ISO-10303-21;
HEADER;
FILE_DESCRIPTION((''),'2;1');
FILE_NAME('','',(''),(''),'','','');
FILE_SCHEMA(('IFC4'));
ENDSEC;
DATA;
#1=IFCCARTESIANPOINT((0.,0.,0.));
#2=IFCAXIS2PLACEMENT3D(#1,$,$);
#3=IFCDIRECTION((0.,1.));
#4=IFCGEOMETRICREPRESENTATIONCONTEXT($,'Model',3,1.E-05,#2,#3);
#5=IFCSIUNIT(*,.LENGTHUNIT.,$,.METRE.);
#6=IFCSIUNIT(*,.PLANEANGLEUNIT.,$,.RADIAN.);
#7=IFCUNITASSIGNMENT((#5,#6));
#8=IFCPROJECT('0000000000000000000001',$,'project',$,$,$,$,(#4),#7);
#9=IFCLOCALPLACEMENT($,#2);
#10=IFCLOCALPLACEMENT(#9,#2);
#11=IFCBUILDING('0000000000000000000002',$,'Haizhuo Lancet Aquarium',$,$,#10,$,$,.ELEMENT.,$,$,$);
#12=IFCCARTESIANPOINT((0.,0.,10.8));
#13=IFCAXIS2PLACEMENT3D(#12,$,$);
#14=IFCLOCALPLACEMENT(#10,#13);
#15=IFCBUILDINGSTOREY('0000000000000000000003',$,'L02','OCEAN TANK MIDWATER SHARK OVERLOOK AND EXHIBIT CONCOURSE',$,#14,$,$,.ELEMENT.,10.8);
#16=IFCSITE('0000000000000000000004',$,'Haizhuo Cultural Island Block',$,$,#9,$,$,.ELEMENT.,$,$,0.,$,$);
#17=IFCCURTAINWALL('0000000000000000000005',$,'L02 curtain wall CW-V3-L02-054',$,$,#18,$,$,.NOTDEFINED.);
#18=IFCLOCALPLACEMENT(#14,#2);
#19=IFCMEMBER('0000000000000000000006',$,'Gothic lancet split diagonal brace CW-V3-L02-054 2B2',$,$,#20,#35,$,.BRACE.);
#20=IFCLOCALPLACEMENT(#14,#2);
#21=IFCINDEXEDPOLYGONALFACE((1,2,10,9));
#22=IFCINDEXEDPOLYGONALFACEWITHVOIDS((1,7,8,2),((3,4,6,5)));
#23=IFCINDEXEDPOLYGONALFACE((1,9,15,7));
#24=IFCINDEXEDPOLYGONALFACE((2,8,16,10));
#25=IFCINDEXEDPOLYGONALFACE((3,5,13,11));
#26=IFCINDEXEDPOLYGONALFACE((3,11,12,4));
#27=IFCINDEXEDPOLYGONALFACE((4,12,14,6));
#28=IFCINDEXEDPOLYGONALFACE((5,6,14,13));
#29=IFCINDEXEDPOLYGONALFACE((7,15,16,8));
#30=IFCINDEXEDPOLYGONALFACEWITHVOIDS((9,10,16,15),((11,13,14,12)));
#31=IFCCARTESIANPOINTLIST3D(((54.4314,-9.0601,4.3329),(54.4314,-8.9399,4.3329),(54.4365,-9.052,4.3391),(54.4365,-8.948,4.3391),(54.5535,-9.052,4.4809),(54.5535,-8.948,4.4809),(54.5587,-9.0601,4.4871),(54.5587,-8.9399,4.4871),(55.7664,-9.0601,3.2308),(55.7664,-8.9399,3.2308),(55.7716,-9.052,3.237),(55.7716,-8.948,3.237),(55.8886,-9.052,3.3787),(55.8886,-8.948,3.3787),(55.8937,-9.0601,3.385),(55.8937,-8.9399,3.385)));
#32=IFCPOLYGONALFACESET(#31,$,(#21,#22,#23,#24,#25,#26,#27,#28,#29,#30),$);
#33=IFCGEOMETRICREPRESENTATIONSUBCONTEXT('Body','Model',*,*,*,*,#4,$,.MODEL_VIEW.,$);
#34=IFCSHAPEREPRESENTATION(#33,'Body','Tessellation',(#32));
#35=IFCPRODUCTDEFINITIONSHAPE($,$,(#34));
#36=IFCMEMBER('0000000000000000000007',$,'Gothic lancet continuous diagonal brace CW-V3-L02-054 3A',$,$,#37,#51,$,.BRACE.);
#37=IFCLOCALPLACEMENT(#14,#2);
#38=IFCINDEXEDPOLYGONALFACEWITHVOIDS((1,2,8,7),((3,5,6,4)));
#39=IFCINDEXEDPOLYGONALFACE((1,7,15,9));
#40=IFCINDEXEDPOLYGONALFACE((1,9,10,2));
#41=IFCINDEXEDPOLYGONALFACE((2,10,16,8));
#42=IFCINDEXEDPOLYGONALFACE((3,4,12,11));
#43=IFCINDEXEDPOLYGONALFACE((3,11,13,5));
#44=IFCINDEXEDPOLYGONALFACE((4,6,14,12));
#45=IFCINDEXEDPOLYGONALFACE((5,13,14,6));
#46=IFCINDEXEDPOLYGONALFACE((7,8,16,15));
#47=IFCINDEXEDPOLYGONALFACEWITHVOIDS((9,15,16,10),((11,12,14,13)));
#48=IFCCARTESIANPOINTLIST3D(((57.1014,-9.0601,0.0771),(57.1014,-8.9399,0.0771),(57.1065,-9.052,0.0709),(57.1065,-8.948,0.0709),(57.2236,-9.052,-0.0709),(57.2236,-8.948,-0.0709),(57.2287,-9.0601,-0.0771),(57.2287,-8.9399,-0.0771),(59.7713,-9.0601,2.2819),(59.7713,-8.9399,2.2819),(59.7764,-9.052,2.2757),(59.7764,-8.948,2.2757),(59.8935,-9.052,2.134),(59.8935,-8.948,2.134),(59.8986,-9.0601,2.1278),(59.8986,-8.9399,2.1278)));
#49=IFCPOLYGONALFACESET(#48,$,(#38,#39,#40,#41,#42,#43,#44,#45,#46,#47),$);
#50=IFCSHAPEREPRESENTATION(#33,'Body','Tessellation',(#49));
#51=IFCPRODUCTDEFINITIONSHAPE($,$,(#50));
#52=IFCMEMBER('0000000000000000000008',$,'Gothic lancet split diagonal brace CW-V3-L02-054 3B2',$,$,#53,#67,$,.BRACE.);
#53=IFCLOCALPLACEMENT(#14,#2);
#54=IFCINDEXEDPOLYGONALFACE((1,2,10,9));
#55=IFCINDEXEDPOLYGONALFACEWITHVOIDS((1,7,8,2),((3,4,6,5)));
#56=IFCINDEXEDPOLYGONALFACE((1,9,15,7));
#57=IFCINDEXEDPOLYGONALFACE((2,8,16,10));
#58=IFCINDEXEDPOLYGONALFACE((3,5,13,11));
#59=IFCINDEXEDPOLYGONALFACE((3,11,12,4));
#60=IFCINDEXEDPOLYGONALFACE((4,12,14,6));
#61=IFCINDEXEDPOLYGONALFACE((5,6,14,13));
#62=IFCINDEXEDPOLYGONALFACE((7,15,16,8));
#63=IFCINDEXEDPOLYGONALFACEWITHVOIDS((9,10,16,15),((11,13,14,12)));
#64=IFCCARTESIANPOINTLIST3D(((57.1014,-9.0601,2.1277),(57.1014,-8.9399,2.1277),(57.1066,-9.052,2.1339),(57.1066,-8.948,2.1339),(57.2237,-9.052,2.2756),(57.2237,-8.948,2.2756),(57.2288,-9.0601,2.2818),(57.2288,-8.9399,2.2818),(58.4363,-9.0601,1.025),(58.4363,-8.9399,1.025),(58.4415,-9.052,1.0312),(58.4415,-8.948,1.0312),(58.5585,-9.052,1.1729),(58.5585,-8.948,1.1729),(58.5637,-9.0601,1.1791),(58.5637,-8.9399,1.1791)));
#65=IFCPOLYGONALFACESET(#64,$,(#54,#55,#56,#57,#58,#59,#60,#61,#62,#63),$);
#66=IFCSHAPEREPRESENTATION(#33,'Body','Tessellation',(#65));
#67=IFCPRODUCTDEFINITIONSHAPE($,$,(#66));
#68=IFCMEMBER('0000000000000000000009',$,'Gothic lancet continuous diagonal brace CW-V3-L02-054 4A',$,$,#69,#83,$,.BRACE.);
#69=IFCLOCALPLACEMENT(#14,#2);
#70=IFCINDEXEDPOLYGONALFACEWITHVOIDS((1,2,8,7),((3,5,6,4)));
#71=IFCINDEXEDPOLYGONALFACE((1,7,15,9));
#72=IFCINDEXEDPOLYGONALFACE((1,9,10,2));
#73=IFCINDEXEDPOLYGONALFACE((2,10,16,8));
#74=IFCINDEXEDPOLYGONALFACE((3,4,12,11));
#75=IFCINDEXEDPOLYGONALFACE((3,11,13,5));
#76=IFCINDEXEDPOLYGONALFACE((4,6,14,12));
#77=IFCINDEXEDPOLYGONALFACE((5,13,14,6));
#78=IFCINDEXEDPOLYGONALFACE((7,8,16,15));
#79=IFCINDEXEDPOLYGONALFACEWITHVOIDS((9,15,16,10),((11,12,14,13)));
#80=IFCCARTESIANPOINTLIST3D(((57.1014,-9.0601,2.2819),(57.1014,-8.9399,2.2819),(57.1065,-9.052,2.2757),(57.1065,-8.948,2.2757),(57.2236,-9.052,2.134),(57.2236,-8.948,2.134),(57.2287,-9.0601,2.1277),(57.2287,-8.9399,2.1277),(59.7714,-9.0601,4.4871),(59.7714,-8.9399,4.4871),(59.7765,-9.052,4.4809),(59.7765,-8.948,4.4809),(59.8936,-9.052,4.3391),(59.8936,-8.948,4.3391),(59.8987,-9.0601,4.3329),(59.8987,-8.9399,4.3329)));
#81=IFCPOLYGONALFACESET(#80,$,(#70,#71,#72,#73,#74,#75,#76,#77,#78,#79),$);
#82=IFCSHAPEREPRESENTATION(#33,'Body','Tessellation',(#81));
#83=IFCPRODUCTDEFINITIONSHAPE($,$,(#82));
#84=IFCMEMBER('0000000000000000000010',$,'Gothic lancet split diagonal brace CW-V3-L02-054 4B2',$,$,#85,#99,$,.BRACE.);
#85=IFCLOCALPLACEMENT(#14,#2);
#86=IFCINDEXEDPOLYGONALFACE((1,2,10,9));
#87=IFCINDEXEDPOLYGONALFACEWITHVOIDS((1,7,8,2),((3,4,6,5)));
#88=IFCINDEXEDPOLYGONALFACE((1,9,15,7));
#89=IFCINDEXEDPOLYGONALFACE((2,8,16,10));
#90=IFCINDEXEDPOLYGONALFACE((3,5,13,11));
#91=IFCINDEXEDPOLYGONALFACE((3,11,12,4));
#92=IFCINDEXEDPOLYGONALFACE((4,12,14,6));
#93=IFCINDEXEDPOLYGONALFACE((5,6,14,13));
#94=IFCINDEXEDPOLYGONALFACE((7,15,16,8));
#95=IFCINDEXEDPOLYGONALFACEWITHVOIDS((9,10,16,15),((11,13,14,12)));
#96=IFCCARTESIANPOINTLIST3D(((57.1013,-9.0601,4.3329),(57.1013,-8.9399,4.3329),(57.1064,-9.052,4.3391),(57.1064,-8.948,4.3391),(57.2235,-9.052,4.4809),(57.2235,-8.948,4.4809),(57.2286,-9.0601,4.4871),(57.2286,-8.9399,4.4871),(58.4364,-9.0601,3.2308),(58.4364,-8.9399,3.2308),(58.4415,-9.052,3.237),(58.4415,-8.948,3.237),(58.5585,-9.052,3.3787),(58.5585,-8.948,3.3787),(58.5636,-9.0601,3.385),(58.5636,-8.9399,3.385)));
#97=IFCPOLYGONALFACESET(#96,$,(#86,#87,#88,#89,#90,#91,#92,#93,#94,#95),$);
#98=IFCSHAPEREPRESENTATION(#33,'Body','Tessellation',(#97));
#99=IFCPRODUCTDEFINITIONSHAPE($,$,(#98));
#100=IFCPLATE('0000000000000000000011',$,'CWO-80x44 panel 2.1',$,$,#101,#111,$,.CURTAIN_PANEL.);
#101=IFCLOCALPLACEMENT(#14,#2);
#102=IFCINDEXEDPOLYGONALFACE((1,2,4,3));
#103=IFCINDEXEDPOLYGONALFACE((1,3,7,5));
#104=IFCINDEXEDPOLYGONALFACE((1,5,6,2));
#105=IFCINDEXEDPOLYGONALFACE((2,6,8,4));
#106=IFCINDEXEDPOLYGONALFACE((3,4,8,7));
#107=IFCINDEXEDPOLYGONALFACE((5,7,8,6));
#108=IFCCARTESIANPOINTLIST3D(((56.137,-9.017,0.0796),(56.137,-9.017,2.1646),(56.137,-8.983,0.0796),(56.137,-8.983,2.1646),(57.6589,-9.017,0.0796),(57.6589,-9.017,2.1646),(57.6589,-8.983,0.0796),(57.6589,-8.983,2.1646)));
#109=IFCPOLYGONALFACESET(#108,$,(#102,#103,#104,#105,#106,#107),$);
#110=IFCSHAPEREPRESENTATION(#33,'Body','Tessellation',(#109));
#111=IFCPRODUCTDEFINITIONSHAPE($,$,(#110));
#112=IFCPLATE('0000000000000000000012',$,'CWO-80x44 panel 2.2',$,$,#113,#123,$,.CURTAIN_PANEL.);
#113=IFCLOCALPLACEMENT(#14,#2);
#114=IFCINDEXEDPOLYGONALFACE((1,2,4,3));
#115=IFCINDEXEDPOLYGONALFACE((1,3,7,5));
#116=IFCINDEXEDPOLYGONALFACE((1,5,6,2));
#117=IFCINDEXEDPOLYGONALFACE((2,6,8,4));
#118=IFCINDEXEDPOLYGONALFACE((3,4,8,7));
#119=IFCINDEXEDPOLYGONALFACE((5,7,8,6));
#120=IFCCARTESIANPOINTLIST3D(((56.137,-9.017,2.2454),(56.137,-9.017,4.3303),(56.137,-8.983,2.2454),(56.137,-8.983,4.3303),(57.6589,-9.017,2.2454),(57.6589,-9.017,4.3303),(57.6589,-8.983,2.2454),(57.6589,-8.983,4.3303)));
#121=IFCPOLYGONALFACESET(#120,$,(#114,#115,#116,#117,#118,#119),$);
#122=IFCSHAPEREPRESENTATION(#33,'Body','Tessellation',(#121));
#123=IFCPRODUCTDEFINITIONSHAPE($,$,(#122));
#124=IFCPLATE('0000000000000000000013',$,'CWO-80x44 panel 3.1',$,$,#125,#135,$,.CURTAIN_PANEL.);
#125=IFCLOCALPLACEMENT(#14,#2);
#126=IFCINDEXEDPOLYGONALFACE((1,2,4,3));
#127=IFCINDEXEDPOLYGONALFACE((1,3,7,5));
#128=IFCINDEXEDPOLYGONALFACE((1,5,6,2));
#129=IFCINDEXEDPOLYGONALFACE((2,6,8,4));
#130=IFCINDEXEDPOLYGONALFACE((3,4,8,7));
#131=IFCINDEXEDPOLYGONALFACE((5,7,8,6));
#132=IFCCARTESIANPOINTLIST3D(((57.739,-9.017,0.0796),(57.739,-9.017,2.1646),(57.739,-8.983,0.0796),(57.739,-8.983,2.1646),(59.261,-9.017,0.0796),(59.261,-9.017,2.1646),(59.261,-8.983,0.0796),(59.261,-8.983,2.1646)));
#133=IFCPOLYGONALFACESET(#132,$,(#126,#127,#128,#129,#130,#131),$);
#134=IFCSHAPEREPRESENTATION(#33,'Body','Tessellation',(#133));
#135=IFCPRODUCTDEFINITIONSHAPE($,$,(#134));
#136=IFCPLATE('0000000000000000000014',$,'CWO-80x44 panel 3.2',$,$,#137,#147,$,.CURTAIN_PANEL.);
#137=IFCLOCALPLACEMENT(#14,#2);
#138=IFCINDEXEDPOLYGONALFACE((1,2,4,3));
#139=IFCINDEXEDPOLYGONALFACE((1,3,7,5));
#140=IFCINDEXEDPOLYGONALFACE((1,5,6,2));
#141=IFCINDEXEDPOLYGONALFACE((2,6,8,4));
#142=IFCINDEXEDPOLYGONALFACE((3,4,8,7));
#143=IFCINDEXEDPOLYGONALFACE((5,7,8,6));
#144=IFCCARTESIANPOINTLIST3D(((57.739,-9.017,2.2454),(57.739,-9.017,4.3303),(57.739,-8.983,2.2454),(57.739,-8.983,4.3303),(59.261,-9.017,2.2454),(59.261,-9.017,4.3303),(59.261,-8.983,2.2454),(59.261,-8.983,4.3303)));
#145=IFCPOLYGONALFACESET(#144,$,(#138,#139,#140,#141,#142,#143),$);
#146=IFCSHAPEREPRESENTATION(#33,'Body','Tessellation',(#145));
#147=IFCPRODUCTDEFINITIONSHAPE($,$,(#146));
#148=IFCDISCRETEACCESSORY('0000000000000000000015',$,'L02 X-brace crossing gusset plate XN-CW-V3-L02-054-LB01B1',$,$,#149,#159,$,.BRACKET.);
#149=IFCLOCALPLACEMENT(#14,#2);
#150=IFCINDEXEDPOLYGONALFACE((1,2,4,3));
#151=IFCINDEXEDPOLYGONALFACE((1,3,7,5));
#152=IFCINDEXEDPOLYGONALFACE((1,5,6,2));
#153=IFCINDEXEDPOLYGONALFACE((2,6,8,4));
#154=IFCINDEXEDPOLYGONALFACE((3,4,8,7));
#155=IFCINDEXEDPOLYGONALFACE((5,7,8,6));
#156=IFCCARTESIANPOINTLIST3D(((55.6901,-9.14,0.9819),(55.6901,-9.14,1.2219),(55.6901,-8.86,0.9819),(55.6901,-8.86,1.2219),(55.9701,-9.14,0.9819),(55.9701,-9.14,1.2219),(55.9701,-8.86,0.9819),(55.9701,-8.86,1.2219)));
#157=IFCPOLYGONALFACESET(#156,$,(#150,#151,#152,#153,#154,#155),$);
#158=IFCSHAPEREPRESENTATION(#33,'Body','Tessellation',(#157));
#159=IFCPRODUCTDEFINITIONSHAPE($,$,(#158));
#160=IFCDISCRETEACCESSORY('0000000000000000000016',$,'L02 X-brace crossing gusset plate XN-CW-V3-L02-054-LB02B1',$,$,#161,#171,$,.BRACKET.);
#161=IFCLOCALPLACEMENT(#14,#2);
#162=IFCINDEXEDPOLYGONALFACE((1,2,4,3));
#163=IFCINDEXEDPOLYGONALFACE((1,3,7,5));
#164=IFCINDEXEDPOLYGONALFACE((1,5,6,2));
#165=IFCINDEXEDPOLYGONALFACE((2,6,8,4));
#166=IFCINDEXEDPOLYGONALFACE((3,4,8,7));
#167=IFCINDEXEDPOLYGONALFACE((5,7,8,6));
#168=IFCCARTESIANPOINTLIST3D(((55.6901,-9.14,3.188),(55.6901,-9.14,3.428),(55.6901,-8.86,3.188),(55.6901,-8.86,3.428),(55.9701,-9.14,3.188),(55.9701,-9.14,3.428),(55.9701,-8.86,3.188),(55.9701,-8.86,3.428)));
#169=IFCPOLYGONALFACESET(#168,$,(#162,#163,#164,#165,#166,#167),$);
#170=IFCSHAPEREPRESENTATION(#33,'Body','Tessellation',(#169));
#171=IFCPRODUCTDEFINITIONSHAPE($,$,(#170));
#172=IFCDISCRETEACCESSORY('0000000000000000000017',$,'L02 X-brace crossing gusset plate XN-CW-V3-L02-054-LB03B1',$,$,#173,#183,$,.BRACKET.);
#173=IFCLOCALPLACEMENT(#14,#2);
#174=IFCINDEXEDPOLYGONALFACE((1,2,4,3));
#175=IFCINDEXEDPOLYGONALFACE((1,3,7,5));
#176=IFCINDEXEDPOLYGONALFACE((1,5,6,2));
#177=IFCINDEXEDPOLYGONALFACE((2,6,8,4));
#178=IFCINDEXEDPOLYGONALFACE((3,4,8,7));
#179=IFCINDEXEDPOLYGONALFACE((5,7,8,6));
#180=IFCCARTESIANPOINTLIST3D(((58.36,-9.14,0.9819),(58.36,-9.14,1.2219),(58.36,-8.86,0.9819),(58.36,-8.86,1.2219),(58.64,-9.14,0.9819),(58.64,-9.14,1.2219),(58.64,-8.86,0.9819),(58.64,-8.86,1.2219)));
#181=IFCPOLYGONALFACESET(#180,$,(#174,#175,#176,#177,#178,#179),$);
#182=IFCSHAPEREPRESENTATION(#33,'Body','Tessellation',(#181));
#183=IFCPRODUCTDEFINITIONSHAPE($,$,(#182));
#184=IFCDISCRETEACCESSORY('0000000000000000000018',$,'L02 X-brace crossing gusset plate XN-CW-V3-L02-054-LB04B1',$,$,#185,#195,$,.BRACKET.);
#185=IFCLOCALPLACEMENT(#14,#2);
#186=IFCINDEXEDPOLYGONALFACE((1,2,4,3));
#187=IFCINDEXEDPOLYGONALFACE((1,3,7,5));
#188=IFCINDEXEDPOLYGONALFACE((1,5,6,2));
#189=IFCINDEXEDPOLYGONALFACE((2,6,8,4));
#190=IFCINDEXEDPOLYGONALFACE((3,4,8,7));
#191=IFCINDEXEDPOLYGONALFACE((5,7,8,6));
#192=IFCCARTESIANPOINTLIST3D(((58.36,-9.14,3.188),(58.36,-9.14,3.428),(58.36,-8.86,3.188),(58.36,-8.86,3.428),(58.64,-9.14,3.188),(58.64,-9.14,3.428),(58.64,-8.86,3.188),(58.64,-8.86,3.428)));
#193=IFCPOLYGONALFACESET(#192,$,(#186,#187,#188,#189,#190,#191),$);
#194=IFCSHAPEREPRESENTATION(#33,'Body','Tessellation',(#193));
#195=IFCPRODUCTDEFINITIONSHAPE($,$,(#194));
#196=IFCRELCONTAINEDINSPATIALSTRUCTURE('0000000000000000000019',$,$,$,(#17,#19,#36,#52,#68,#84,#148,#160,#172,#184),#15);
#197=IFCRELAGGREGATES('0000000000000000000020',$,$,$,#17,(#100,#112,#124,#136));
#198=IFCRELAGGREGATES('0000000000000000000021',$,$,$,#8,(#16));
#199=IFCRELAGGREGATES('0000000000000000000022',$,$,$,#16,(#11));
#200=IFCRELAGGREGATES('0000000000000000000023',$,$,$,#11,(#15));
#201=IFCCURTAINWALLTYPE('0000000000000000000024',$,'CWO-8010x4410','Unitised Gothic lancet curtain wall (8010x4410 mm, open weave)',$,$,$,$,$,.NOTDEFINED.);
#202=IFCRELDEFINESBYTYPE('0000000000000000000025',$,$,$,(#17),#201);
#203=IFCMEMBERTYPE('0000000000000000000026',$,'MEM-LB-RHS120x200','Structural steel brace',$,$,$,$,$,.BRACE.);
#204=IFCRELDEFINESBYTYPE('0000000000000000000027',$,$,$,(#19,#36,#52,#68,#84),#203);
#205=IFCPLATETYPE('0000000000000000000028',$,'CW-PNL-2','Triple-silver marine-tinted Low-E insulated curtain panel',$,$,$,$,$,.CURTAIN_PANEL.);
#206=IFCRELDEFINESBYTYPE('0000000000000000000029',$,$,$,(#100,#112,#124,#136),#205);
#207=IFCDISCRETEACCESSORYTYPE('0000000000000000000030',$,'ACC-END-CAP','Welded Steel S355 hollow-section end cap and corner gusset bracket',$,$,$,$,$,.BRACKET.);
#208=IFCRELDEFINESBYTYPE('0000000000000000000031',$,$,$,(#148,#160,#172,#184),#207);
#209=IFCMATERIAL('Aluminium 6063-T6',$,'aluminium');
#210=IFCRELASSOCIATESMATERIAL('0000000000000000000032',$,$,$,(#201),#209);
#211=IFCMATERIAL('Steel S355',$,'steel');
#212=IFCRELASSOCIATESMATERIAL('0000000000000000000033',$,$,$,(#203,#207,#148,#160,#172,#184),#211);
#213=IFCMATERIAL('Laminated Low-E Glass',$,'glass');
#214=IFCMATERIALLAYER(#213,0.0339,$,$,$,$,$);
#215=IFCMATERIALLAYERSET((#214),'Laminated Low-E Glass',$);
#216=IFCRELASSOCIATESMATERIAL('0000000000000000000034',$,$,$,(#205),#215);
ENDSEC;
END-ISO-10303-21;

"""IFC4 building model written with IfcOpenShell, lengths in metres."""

from ifc_helpers import new_model, si_unit, direction, frame, origin, origin_2d, place, context, subcontext, project, spatial, rectangle, hollow_rectangle, extrude, material, layer, layer_set, material_profile, profile_set, type_object, element, aggregate, save


model = new_model("IFC4")

# Units and contexts
model_context = context("Model", 3, precision=1e-05, world=origin(), true_north=direction((0.0, 1.0)))
body_context = subcontext(model_context, "Body", "Model", "MODEL_VIEW")
ifc_project = project(units=[si_unit("LENGTHUNIT", "METRE"), si_unit("PLANEANGLEUNIT", "RADIAN")], contexts=[model_context])

# Site, building, storey
site_placement = place(None, origin())
site = spatial("IfcSite", under=ifc_project, at=site_placement, Name="Haizhuo Cultural Island Block", CompositionType="ELEMENT", RefElevation=0.0)
building_placement = place(site_placement, origin())
building = spatial("IfcBuilding", under=site, at=building_placement, Name="Haizhuo Lancet Aquarium", CompositionType="ELEMENT")
storey_placement = place(building_placement, frame((0.0, 0.0, 10.8)))
storey = spatial("IfcBuildingStorey", under=building, at=storey_placement, Name="L02", Description="OCEAN TANK MIDWATER SHARK OVERLOOK AND EXHIBIT CONCOURSE", CompositionType="ELEMENT", Elevation=10.8)

# Curtain wall
ifc_material_1 = material(Name="Aluminium 6063-T6", Category="aluminium")
curtain_wall_type = type_object("IfcCurtainWallType", Name="CWO-8010x4410", Description="Unitised Gothic lancet curtain wall (8010x4410 mm, open weave)", PredefinedType="NOTDEFINED", material=ifc_material_1)
curtain_wall_placement = place(storey_placement, origin())
curtain_wall = element("IfcCurtainWall", 1, at=curtain_wall_placement, inside=storey, type_object=curtain_wall_type, Name="L02 curtain wall CW-V3-L02-054", PredefinedType="NOTDEFINED")

# Members
ifc_material_2 = material(Name="Steel S355", Category="steel")
ifc_material_profile_1 = material_profile(ifc_material_2, hollow_rectangle(XDim=0.1201, YDim=0.2, WallThickness=0.0081, at=origin_2d()), Name="RHS 120x200x8")
ifc_profile_set_1 = profile_set([ifc_material_profile_1], Name="Steel S355")
member_type_1 = type_object("IfcMemberType", Name="MEM-LB-RHS120x200", Description="Structural steel brace", PredefinedType="BRACE", material=ifc_profile_set_1)
member_1_placement = place(storey_placement, frame((55.8301, -9.0, 3.3079), z_axis=(-0.771172, 0.0, 0.636626), x_axis=(0.0, -1.0, 0.0)))
element("IfcMember", 2, at=member_1_placement, inside=storey, type_object=member_type_1, Name="Gothic lancet split diagonal brace CW-V3-L02-054 2B2", PredefinedType="BRACE", context=body_context, shape_type="SweptSolid", body=[
    extrude(hollow_rectangle(XDim=0.1201, YDim=0.2, WallThickness=0.0081, at=origin_2d()), origin(), (0.0, 0.0, 1.0), 1.7312),
])
member_2_placement = place(storey_placement, frame((57.165, -9.0, 0.0), z_axis=(0.771069, 0.0, 0.636752), x_axis=(0.0, 1.0, 0.0)))
element("IfcMember", 3, at=member_2_placement, inside=storey, type_object=member_type_1, Name="Gothic lancet continuous diagonal brace CW-V3-L02-054 3A", PredefinedType="BRACE", context=body_context, shape_type="SweptSolid", body=[
    extrude(hollow_rectangle(XDim=0.1201, YDim=0.2, WallThickness=0.0081, at=origin_2d()), origin(), (0.0, 0.0, 1.0), 3.4626),
])
member_3_placement = place(storey_placement, frame((58.5, -9.0, 1.1021), z_axis=(-0.770965, 0.0, 0.636878), x_axis=(0.0, -1.0, 0.0)))
element("IfcMember", 4, at=member_3_placement, inside=storey, type_object=member_type_1, Name="Gothic lancet split diagonal brace CW-V3-L02-054 3B2", PredefinedType="BRACE", context=body_context, shape_type="SweptSolid", body=[
    extrude(hollow_rectangle(XDim=0.1201, YDim=0.2, WallThickness=0.0081, at=origin_2d()), origin(), (0.0, 0.0, 1.0), 1.7314),
])
member_4_placement = place(storey_placement, frame((57.165, -9.0, 2.2048), z_axis=(0.771034, 0.0, 0.636794), x_axis=(0.0, 1.0, 0.0)))
element("IfcMember", 5, at=member_4_placement, inside=storey, type_object=member_type_1, Name="Gothic lancet continuous diagonal brace CW-V3-L02-054 4A", PredefinedType="BRACE", context=body_context, shape_type="SweptSolid", body=[
    extrude(hollow_rectangle(XDim=0.1201, YDim=0.2, WallThickness=0.0081, at=origin_2d()), origin(), (0.0, 0.0, 1.0), 3.4629),
])
member_5_placement = place(storey_placement, frame((58.5, -9.0, 3.3079), z_axis=(-0.771172, 0.0, 0.636626), x_axis=(0.0, -1.0, 0.0)))
element("IfcMember", 6, at=member_5_placement, inside=storey, type_object=member_type_1, Name="Gothic lancet split diagonal brace CW-V3-L02-054 4B2", PredefinedType="BRACE", context=body_context, shape_type="SweptSolid", body=[
    extrude(hollow_rectangle(XDim=0.1201, YDim=0.2, WallThickness=0.0081, at=origin_2d()), origin(), (0.0, 0.0, 1.0), 1.7312),
])

# Plates
ifc_material_3 = material(Name="Laminated Low-E Glass", Category="glass")
ifc_layer = layer(ifc_material_3, 0.0339)
ifc_layer_set = layer_set([ifc_layer], Name="Laminated Low-E Glass")
plate_type = type_object("IfcPlateType", Name="CW-PNL-2", Description="Triple-silver marine-tinted Low-E insulated curtain panel", PredefinedType="CURTAIN_PANEL", material=ifc_layer_set)
plate_1_placement = place(storey_placement, frame((56.8979, -9.0, 0.0796), z_axis=(0.0, 0.0, 1.0), x_axis=(1.0, 0.0, 0.0)))
plate_1 = element("IfcPlate", 7, at=plate_1_placement, type_object=plate_type, Name="CWO-80x44 panel 2.1", PredefinedType="CURTAIN_PANEL", context=body_context, shape_type="SweptSolid", body=[
    extrude(rectangle(XDim=1.522, YDim=0.0339, at=origin_2d()), origin(), (0.0, 0.0, 1.0), 2.085),
])
plate_2_placement = place(storey_placement, frame((56.8979, -9.0, 2.2454), z_axis=(0.0, 0.0, 1.0), x_axis=(1.0, 0.0, 0.0)))
plate_2 = element("IfcPlate", 8, at=plate_2_placement, type_object=plate_type, Name="CWO-80x44 panel 2.2", PredefinedType="CURTAIN_PANEL", context=body_context, shape_type="SweptSolid", body=[
    extrude(rectangle(XDim=1.522, YDim=0.0339, at=origin_2d()), origin(), (0.0, 0.0, 1.0), 2.085),
])
plate_3_placement = place(storey_placement, frame((58.5, -9.0, 0.0796), z_axis=(0.0, 0.0, 1.0), x_axis=(1.0, 0.0, 0.0)))
plate_3 = element("IfcPlate", 9, at=plate_3_placement, type_object=plate_type, Name="CWO-80x44 panel 3.1", PredefinedType="CURTAIN_PANEL", context=body_context, shape_type="SweptSolid", body=[
    extrude(rectangle(XDim=1.522, YDim=0.0339, at=origin_2d()), origin(), (0.0, 0.0, 1.0), 2.085),
])
plate_4_placement = place(storey_placement, frame((58.5, -9.0, 2.2454), z_axis=(0.0, 0.0, 1.0), x_axis=(1.0, 0.0, 0.0)))
plate_4 = element("IfcPlate", 10, at=plate_4_placement, type_object=plate_type, Name="CWO-80x44 panel 3.2", PredefinedType="CURTAIN_PANEL", context=body_context, shape_type="SweptSolid", body=[
    extrude(rectangle(XDim=1.522, YDim=0.0339, at=origin_2d()), origin(), (0.0, 0.0, 1.0), 2.085),
])
aggregate(curtain_wall, [plate_1, plate_2, plate_3, plate_4])

# Discrete accessories
discrete_accessory_type = type_object("IfcDiscreteAccessoryType", Name="ACC-END-CAP", Description="Welded Steel S355 hollow-section end cap and corner gusset bracket", PredefinedType="BRACKET", material=ifc_material_2)
for number, where, z_axis, x_axis, name in (
    (11, (55.8301, -9.0, 0.9819), (0.0, 0.0, 1.0), (1.0, 0.0, 0.0), "L02 X-brace crossing gusset plate XN-CW-V3-L02-054-LB01B1"),
    (12, (55.8301, -9.0, 3.188), (0.0, 0.0, 1.0), (1.0, 0.0, 0.0), "L02 X-brace crossing gusset plate XN-CW-V3-L02-054-LB02B1"),
    (13, (58.5, -9.0, 0.9819), (0.0, 0.0, 1.0), (1.0, 0.0, 0.0), "L02 X-brace crossing gusset plate XN-CW-V3-L02-054-LB03B1"),
    (14, (58.5, -9.0, 3.188), (0.0, 0.0, 1.0), (1.0, 0.0, 0.0), "L02 X-brace crossing gusset plate XN-CW-V3-L02-054-LB04B1"),
):
    element("IfcDiscreteAccessory", number, at=place(storey_placement, frame(where, z_axis=z_axis, x_axis=x_axis)), inside=storey, type_object=discrete_accessory_type, material=ifc_material_2, Name=name, PredefinedType="BRACKET", context=body_context, shape_type="SweptSolid", body=[
        extrude(rectangle(XDim=0.28, YDim=0.28, at=origin_2d()), origin(), (0.0, 0.0, 1.0), 0.24),
    ])

save(model, "model.ifc")
